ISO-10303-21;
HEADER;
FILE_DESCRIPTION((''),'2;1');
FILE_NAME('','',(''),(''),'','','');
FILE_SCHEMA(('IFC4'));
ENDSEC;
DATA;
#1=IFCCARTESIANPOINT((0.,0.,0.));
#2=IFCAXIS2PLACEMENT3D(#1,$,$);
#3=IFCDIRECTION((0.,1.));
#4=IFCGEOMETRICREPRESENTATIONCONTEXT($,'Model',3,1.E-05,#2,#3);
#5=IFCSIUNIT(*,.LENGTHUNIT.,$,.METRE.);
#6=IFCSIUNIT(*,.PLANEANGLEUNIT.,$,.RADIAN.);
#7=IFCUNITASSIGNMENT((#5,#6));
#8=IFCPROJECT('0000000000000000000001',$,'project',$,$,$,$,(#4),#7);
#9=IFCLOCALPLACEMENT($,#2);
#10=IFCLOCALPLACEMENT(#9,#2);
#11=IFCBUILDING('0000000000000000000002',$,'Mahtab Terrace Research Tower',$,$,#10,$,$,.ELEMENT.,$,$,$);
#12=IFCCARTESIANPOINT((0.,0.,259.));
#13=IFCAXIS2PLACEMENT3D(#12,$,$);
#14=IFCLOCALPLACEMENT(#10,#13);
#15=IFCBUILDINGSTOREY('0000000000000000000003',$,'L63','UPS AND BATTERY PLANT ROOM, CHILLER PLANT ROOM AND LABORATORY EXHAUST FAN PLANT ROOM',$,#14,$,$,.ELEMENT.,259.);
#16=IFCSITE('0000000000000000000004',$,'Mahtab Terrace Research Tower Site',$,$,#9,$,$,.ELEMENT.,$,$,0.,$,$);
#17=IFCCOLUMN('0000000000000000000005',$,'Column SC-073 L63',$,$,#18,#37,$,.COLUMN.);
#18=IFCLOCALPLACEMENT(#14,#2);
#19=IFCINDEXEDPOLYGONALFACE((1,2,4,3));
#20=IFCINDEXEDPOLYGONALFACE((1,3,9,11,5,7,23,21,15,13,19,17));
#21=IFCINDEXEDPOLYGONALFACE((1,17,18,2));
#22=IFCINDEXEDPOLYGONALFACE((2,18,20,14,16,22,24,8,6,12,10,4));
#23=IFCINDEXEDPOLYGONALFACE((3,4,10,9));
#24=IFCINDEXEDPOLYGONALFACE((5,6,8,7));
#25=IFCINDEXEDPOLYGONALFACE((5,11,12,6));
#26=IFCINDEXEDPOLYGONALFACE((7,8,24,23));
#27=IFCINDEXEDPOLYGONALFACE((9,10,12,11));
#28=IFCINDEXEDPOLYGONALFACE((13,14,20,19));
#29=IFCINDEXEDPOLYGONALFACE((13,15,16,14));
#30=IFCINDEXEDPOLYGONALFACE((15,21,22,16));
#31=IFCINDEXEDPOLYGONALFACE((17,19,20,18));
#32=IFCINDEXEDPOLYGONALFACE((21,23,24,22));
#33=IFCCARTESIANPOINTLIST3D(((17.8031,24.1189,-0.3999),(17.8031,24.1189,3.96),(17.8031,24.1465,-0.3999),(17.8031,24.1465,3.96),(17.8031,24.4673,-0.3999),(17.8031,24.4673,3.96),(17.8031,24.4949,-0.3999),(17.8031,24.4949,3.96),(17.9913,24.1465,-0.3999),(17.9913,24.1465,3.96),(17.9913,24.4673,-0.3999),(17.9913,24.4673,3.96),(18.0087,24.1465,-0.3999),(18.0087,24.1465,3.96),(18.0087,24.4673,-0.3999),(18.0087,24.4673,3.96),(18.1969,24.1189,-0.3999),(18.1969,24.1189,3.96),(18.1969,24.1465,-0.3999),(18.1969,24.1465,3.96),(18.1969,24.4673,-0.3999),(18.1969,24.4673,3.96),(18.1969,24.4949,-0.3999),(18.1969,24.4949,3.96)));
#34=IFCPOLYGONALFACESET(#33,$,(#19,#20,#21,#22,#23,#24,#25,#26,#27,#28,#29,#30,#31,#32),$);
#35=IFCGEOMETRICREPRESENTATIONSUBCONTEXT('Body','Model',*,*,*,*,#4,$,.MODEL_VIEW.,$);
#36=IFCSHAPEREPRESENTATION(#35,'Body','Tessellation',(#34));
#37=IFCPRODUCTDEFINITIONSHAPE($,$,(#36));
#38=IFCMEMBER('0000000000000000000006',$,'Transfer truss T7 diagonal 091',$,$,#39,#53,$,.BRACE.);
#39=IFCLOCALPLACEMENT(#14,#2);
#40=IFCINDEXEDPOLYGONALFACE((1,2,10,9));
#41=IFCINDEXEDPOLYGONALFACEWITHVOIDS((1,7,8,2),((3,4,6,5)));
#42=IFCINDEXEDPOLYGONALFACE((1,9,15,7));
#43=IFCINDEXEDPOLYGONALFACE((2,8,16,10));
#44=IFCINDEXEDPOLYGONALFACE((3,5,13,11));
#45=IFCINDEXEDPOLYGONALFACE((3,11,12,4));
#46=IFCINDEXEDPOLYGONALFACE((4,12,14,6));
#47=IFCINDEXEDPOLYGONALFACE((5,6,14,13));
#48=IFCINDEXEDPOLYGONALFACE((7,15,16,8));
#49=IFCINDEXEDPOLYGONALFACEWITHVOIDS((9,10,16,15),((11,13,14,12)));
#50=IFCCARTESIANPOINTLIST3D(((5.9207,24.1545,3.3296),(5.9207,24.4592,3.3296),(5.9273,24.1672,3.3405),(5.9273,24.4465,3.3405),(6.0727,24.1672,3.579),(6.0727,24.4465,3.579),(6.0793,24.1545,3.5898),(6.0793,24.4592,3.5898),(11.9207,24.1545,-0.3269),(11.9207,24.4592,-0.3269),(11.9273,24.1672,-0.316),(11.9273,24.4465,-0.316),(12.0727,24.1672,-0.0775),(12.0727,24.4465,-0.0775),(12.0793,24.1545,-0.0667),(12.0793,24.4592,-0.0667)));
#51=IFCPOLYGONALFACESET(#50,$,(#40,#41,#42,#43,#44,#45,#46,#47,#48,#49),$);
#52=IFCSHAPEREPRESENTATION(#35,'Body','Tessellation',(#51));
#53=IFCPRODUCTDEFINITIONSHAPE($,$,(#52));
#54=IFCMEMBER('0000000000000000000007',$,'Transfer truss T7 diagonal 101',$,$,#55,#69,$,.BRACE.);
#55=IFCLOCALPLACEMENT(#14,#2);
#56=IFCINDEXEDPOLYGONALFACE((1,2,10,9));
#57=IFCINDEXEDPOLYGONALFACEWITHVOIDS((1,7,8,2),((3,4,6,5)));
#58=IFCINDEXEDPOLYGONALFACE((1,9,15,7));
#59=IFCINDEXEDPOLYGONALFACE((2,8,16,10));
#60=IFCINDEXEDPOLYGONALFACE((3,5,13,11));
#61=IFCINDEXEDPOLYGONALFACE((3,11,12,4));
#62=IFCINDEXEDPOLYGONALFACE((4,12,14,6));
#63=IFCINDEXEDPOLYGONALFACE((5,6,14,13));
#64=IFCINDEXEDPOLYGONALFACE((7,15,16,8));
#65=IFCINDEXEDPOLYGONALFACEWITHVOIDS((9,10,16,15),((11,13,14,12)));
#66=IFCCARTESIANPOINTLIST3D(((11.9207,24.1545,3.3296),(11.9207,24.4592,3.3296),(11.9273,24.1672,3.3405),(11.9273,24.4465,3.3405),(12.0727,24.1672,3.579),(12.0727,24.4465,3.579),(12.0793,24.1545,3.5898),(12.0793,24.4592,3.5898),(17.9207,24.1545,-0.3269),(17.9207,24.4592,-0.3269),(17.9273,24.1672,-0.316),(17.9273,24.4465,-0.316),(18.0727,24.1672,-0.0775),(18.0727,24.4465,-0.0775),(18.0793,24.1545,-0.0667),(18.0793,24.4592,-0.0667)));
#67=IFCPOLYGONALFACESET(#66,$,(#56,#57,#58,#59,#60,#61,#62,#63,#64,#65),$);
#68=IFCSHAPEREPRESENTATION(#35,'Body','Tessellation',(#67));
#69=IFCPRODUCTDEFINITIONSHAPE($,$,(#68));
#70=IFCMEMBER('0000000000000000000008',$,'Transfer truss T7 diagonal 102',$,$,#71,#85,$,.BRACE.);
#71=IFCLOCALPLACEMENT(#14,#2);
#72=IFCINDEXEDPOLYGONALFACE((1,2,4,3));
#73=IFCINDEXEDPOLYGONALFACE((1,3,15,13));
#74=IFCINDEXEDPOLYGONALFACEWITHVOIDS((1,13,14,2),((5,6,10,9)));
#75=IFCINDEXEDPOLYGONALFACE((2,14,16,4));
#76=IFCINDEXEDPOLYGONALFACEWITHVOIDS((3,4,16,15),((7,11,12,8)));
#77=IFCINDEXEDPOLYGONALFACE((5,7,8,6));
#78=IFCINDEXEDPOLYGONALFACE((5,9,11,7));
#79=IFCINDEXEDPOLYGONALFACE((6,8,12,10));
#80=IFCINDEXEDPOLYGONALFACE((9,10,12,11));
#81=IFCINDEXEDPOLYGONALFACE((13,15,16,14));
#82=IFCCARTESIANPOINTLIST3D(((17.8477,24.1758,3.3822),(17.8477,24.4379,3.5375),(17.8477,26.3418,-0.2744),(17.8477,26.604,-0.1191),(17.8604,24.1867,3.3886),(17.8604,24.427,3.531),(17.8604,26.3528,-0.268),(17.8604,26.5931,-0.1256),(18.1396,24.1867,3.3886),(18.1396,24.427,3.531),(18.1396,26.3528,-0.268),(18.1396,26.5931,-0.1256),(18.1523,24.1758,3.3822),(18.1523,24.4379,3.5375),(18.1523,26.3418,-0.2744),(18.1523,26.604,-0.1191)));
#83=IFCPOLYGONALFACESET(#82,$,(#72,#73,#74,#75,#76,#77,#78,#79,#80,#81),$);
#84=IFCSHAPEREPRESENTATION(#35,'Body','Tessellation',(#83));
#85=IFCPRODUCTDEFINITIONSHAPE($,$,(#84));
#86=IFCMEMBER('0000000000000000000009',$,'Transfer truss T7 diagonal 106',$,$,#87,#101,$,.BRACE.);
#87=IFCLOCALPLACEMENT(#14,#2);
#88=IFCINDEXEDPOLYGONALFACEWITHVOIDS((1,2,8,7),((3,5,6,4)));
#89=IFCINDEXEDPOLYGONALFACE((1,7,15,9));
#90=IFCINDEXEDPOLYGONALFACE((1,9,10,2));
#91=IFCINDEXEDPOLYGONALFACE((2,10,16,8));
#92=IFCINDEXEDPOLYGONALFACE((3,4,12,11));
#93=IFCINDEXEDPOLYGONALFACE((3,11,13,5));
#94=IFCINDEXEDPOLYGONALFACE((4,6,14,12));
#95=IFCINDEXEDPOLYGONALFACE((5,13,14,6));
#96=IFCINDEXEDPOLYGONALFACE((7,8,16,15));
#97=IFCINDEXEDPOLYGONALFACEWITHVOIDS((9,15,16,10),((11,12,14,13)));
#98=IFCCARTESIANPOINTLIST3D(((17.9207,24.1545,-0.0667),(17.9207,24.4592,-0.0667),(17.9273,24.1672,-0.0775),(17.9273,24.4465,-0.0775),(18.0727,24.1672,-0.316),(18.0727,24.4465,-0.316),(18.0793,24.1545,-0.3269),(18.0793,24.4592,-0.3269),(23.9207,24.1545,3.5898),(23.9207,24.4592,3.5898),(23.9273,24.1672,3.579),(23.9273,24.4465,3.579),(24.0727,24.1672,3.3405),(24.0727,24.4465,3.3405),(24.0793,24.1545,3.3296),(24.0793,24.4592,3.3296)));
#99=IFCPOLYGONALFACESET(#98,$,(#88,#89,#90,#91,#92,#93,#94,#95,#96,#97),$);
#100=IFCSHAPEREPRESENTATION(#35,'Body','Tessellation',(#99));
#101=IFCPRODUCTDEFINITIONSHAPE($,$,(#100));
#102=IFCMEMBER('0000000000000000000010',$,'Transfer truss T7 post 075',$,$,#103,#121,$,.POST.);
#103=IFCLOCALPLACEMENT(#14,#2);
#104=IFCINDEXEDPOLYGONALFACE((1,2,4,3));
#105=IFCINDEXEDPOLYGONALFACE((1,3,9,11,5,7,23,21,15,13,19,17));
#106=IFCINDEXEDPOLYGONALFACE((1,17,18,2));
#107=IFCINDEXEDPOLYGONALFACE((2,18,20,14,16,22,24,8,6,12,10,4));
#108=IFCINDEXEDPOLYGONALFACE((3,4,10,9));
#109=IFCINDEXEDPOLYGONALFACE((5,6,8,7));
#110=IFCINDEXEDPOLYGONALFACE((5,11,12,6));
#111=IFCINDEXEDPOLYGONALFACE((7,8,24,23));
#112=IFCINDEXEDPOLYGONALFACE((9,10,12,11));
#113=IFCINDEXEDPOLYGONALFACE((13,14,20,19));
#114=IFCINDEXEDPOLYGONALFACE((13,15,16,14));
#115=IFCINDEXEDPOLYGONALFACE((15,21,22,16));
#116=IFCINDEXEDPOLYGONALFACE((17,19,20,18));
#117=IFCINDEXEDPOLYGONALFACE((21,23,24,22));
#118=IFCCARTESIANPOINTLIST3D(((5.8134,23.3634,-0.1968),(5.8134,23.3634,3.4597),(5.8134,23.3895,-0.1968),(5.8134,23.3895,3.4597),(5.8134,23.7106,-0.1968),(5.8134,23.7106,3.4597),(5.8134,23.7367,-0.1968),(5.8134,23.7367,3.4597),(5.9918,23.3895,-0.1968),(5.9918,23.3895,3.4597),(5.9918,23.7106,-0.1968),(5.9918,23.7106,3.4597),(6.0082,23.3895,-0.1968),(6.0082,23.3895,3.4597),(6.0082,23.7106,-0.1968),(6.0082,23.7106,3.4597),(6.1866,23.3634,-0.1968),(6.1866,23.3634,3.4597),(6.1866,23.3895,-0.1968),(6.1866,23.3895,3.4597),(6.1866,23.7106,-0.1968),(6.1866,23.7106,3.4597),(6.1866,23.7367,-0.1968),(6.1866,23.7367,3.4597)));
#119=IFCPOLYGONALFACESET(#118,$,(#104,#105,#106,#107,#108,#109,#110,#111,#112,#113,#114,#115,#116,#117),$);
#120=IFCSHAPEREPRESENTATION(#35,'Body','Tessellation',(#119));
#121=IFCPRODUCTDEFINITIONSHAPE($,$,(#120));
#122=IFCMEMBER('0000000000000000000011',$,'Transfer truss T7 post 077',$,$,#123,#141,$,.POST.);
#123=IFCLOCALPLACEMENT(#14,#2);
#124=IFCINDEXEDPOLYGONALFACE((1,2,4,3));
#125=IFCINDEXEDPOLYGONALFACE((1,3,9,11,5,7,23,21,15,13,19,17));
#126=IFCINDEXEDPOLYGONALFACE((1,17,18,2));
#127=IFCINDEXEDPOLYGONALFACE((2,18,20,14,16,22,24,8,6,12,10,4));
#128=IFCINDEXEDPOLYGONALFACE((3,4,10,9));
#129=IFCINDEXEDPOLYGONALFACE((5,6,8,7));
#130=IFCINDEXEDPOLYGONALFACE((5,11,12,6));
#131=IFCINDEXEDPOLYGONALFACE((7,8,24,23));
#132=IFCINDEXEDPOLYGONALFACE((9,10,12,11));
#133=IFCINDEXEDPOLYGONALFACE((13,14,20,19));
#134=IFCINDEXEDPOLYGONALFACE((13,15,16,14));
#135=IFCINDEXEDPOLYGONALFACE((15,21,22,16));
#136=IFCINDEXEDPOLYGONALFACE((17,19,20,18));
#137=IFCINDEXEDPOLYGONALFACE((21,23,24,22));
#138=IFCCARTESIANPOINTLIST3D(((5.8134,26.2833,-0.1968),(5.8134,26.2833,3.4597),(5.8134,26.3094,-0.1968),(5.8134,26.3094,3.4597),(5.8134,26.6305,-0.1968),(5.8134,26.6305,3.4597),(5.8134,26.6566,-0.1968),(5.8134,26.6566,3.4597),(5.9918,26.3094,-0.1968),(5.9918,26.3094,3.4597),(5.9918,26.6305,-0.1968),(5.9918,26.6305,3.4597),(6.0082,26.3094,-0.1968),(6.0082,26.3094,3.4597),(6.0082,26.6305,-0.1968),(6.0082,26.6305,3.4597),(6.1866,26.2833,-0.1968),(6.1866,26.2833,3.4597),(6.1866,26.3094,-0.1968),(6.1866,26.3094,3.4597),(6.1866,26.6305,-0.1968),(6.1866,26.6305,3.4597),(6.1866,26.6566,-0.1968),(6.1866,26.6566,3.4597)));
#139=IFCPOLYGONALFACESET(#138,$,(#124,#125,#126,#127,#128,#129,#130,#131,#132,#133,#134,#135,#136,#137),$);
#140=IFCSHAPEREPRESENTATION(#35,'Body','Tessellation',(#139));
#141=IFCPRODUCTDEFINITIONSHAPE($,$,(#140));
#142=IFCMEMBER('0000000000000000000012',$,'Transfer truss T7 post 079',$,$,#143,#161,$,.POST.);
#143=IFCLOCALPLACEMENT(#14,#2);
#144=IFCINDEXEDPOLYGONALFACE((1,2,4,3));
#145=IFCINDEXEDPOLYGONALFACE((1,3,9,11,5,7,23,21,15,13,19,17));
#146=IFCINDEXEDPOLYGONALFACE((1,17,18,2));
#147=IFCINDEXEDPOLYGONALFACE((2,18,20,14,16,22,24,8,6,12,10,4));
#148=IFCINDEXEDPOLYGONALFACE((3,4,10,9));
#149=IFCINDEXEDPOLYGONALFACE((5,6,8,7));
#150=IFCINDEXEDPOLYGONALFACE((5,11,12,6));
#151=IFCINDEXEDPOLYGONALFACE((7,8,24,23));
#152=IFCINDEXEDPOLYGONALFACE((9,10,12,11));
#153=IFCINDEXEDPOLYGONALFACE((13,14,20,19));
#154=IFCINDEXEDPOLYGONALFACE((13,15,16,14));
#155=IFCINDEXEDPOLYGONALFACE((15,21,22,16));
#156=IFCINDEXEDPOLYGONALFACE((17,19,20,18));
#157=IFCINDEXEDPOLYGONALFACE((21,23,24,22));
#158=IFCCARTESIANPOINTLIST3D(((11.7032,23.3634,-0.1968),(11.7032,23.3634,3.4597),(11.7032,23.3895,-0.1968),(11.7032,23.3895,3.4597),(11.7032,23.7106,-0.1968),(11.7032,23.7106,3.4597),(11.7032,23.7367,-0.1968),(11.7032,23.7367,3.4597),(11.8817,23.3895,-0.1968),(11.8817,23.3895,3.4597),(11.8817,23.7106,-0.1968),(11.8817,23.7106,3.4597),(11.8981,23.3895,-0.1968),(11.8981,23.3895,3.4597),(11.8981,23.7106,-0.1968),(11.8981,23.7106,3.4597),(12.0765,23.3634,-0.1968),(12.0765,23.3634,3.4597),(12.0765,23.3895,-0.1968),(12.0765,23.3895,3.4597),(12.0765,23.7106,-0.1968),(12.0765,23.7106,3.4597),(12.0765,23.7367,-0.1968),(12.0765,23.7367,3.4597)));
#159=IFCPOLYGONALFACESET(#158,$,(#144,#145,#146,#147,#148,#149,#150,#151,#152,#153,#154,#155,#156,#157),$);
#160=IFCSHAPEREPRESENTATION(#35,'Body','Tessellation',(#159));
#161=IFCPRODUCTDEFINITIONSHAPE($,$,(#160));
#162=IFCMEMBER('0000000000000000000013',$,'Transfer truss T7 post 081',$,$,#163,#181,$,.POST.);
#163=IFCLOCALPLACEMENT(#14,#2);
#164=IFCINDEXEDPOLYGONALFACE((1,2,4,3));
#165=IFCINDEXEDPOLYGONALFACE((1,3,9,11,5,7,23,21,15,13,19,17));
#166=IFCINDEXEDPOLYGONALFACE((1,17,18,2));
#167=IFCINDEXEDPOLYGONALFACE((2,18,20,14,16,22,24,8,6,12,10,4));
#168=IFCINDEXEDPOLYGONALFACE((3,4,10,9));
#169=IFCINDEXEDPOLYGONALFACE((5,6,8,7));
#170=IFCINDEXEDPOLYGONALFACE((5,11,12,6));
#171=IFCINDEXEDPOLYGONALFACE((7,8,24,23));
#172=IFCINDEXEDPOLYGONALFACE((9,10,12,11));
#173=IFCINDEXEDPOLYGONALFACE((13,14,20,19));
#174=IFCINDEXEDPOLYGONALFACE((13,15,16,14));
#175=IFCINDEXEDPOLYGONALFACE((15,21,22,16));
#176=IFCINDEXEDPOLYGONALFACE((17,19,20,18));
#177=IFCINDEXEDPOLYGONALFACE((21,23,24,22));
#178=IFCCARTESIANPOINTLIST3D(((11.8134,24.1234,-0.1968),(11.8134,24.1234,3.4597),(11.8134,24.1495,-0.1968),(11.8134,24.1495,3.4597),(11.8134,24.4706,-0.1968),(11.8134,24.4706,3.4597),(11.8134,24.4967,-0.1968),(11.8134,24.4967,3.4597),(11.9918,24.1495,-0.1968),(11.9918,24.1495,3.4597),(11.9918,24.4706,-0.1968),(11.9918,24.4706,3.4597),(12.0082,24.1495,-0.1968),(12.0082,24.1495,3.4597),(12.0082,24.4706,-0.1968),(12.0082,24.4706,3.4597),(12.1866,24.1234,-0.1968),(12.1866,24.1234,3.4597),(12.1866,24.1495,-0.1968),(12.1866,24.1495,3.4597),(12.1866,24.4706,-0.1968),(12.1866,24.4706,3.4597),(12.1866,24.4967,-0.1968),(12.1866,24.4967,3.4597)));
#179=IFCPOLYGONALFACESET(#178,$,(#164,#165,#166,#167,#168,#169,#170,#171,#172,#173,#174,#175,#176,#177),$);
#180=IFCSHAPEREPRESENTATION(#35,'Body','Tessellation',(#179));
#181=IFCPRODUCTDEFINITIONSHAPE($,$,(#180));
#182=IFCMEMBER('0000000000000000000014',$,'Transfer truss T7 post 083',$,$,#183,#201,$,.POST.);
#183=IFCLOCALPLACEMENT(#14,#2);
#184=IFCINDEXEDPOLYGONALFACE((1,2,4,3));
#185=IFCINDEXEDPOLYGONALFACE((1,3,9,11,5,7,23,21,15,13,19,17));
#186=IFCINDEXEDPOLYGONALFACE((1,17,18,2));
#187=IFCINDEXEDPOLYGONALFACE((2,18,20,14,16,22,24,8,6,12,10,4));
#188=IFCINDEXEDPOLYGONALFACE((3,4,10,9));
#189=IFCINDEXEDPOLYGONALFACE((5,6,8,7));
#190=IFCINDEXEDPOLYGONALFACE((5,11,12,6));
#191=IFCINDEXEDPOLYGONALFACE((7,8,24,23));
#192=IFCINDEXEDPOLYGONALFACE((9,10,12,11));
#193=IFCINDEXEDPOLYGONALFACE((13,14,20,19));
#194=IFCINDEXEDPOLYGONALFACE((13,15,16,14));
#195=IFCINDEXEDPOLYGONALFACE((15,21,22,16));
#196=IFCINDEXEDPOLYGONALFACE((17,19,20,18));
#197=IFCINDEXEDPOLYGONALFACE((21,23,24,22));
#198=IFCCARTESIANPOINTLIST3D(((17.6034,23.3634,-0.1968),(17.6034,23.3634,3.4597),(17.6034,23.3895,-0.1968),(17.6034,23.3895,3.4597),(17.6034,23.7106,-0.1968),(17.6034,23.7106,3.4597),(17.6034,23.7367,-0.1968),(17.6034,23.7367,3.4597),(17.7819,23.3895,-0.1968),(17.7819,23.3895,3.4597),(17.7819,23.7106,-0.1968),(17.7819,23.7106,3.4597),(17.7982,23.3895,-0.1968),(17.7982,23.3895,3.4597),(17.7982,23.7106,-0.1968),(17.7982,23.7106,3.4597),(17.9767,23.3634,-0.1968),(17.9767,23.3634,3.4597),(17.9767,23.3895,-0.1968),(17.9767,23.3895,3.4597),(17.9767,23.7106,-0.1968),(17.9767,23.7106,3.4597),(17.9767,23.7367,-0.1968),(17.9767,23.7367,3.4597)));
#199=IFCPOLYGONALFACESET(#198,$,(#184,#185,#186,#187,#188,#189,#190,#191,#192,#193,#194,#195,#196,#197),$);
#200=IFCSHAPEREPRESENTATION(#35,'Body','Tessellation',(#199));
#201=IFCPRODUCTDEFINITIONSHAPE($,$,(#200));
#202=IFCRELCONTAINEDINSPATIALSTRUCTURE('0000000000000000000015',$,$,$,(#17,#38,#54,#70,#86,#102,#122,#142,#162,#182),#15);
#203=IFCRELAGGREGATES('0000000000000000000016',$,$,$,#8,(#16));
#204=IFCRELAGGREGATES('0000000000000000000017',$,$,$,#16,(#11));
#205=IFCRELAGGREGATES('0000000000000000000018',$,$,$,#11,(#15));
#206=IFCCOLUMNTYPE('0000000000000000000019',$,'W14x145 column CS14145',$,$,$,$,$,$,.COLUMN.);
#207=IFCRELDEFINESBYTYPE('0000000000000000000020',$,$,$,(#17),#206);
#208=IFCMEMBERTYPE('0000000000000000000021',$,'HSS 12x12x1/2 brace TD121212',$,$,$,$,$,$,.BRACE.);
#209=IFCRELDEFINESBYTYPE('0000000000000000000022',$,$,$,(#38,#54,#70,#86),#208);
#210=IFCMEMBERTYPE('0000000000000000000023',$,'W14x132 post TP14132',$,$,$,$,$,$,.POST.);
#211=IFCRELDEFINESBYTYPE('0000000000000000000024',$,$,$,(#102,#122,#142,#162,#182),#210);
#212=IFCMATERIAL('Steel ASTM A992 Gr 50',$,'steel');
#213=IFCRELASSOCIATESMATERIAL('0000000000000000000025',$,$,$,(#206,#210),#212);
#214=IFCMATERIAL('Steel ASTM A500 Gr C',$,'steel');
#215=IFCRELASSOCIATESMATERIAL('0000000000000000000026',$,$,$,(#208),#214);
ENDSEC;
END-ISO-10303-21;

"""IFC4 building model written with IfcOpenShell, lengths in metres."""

from ifc_helpers import new_model, si_unit, direction, frame, origin, origin_2d, place, context, subcontext, project, spatial, hollow_rectangle, i_section, extrude, material, material_profile, profile_set, type_object, element, save


model = new_model("IFC4")

# Units and contexts
model_context = context("Model", 3, precision=1e-05, world=origin(), true_north=direction((0.0, 1.0)))
body_context = subcontext(model_context, "Body", "Model", "MODEL_VIEW")
ifc_project = project(units=[si_unit("LENGTHUNIT", "METRE"), si_unit("PLANEANGLEUNIT", "RADIAN")], contexts=[model_context])

# Site, building, storey
site_placement = place(None, origin())
site = spatial("IfcSite", under=ifc_project, at=site_placement, Name="Mahtab Terrace Research Tower Site", CompositionType="ELEMENT", RefElevation=0.0)
building_placement = place(site_placement, origin())
building = spatial("IfcBuilding", under=site, at=building_placement, Name="Mahtab Terrace Research Tower", CompositionType="ELEMENT")
storey_placement = place(building_placement, frame((0.0, 0.0, 259.0)))
storey = spatial("IfcBuildingStorey", under=building, at=storey_placement, Name="L63", Description="UPS AND BATTERY PLANT ROOM, CHILLER PLANT ROOM AND LABORATORY EXHAUST FAN PLANT ROOM", CompositionType="ELEMENT", Elevation=259.0)

# Column
ifc_material_1 = material(Name="Steel ASTM A992 Gr 50", Category="steel")
ifc_material_profile_1 = material_profile(ifc_material_1, i_section(OverallWidth=0.3938, OverallDepth=0.376, WebThickness=0.0173, FlangeThickness=0.0276, at=origin_2d()), Name="W14X145")
ifc_profile_set_1 = profile_set([ifc_material_profile_1], Name="Steel ASTM A992 Gr 50")
column_type = type_object("IfcColumnType", Name="W14x145 column CS14145", PredefinedType="COLUMN", material=ifc_profile_set_1)
column_placement = place(storey_placement, frame((18.0, 24.3069, -0.3999), z_axis=(0.0, 0.0, 1.0), x_axis=(1.0, 0.0, 0.0)))
element("IfcColumn", 1, at=column_placement, inside=storey, type_object=column_type, Name="Column SC-073 L63", PredefinedType="COLUMN", context=body_context, shape_type="SweptSolid", body=[
    extrude(i_section(OverallWidth=0.3938, OverallDepth=0.376, WebThickness=0.0173, FlangeThickness=0.0276, at=origin_2d()), origin(), (0.0, 0.0, 1.0), 4.3599),
])

# Members
ifc_material_2 = material(Name="Steel ASTM A500 Gr C", Category="steel")
ifc_material_profile_2 = material_profile(ifc_material_2, hollow_rectangle(XDim=0.3047, YDim=0.3047, WallThickness=0.0127, at=origin_2d()), Name="HSS12X12X1/2")
ifc_profile_set_2 = profile_set([ifc_material_profile_2], Name="Steel ASTM A500 Gr C")
member_type_1 = type_object("IfcMemberType", Name="HSS 12x12x1/2 brace TD121212", PredefinedType="BRACE", material=ifc_profile_set_2)
for number, where, z_axis, x_axis, name in (
    (2, (12.0, 24.3069, -0.1968), (-0.853925, 0.0, 0.520396), (0.0, -1.0, 0.0), "Transfer truss T7 diagonal 091"),
    (3, (18.0, 24.3069, -0.1968), (-0.853925, 0.0, 0.520396), (0.0, -1.0, 0.0), "Transfer truss T7 diagonal 101"),
):
    element("IfcMember", number, at=place(storey_placement, frame(where, z_axis=z_axis, x_axis=x_axis)), inside=storey, type_object=member_type_1, Name=name, PredefinedType="BRACE", context=body_context, shape_type="SweptSolid", body=[
        extrude(hollow_rectangle(XDim=0.3047, YDim=0.3047, WallThickness=0.0127, at=origin_2d()), origin(), (0.0, 0.0, 1.0), 7.0264),
    ])
member_1_placement = place(storey_placement, frame((18.0, 26.4729, -0.1968), z_axis=(0.0, -0.509664, 0.860374), x_axis=(1.0, 0.0, 0.0)))
element("IfcMember", 4, at=member_1_placement, inside=storey, type_object=member_type_1, Name="Transfer truss T7 diagonal 102", PredefinedType="BRACE", context=body_context, shape_type="SweptSolid", body=[
    extrude(hollow_rectangle(XDim=0.3047, YDim=0.3047, WallThickness=0.0127, at=origin_2d()), origin(), (0.0, 0.0, 1.0), 4.25),
])
member_2_placement = place(storey_placement, frame((18.0, 24.3069, -0.1968), z_axis=(0.853925, 0.0, 0.520396), x_axis=(0.0, 1.0, 0.0)))
element("IfcMember", 5, at=member_2_placement, inside=storey, type_object=member_type_1, Name="Transfer truss T7 diagonal 106", PredefinedType="BRACE", context=body_context, shape_type="SweptSolid", body=[
    extrude(hollow_rectangle(XDim=0.3047, YDim=0.3047, WallThickness=0.0127, at=origin_2d()), origin(), (0.0, 0.0, 1.0), 7.0264),
])
ifc_material_profile_3 = material_profile(ifc_material_1, i_section(OverallWidth=0.3733, OverallDepth=0.3733, WebThickness=0.0164, FlangeThickness=0.0261, at=origin_2d()), Name="W14X132")
ifc_profile_set_3 = profile_set([ifc_material_profile_3], Name="Steel ASTM A992 Gr 50")
member_type_2 = type_object("IfcMemberType", Name="W14x132 post TP14132", PredefinedType="POST", material=ifc_profile_set_3)
for number, where, z_axis, x_axis, name in (
    (6, (6.0, 23.55, -0.1968), (0.0, 0.0, 1.0), (1.0, 0.0, 0.0), "Transfer truss T7 post 075"),
    (7, (6.0, 26.47, -0.1968), (0.0, 0.0, 1.0), (1.0, 0.0, 0.0), "Transfer truss T7 post 077"),
    (8, (11.8899, 23.55, -0.1968), (0.0, 0.0, 1.0), (1.0, 0.0, 0.0), "Transfer truss T7 post 079"),
    (9, (12.0, 24.3101, -0.1968), (0.0, 0.0, 1.0), (1.0, 0.0, 0.0), "Transfer truss T7 post 081"),
    (10, (17.79, 23.55, -0.1968), (0.0, 0.0, 1.0), (1.0, 0.0, 0.0), "Transfer truss T7 post 083"),
):
    element("IfcMember", number, at=place(storey_placement, frame(where, z_axis=z_axis, x_axis=x_axis)), inside=storey, type_object=member_type_2, Name=name, PredefinedType="POST", context=body_context, shape_type="SweptSolid", body=[
        extrude(i_section(OverallWidth=0.3733, OverallDepth=0.3733, WebThickness=0.0164, FlangeThickness=0.0261, at=origin_2d()), origin(), (0.0, 0.0, 1.0), 3.6565),
    ])

save(model, "model.ifc")
